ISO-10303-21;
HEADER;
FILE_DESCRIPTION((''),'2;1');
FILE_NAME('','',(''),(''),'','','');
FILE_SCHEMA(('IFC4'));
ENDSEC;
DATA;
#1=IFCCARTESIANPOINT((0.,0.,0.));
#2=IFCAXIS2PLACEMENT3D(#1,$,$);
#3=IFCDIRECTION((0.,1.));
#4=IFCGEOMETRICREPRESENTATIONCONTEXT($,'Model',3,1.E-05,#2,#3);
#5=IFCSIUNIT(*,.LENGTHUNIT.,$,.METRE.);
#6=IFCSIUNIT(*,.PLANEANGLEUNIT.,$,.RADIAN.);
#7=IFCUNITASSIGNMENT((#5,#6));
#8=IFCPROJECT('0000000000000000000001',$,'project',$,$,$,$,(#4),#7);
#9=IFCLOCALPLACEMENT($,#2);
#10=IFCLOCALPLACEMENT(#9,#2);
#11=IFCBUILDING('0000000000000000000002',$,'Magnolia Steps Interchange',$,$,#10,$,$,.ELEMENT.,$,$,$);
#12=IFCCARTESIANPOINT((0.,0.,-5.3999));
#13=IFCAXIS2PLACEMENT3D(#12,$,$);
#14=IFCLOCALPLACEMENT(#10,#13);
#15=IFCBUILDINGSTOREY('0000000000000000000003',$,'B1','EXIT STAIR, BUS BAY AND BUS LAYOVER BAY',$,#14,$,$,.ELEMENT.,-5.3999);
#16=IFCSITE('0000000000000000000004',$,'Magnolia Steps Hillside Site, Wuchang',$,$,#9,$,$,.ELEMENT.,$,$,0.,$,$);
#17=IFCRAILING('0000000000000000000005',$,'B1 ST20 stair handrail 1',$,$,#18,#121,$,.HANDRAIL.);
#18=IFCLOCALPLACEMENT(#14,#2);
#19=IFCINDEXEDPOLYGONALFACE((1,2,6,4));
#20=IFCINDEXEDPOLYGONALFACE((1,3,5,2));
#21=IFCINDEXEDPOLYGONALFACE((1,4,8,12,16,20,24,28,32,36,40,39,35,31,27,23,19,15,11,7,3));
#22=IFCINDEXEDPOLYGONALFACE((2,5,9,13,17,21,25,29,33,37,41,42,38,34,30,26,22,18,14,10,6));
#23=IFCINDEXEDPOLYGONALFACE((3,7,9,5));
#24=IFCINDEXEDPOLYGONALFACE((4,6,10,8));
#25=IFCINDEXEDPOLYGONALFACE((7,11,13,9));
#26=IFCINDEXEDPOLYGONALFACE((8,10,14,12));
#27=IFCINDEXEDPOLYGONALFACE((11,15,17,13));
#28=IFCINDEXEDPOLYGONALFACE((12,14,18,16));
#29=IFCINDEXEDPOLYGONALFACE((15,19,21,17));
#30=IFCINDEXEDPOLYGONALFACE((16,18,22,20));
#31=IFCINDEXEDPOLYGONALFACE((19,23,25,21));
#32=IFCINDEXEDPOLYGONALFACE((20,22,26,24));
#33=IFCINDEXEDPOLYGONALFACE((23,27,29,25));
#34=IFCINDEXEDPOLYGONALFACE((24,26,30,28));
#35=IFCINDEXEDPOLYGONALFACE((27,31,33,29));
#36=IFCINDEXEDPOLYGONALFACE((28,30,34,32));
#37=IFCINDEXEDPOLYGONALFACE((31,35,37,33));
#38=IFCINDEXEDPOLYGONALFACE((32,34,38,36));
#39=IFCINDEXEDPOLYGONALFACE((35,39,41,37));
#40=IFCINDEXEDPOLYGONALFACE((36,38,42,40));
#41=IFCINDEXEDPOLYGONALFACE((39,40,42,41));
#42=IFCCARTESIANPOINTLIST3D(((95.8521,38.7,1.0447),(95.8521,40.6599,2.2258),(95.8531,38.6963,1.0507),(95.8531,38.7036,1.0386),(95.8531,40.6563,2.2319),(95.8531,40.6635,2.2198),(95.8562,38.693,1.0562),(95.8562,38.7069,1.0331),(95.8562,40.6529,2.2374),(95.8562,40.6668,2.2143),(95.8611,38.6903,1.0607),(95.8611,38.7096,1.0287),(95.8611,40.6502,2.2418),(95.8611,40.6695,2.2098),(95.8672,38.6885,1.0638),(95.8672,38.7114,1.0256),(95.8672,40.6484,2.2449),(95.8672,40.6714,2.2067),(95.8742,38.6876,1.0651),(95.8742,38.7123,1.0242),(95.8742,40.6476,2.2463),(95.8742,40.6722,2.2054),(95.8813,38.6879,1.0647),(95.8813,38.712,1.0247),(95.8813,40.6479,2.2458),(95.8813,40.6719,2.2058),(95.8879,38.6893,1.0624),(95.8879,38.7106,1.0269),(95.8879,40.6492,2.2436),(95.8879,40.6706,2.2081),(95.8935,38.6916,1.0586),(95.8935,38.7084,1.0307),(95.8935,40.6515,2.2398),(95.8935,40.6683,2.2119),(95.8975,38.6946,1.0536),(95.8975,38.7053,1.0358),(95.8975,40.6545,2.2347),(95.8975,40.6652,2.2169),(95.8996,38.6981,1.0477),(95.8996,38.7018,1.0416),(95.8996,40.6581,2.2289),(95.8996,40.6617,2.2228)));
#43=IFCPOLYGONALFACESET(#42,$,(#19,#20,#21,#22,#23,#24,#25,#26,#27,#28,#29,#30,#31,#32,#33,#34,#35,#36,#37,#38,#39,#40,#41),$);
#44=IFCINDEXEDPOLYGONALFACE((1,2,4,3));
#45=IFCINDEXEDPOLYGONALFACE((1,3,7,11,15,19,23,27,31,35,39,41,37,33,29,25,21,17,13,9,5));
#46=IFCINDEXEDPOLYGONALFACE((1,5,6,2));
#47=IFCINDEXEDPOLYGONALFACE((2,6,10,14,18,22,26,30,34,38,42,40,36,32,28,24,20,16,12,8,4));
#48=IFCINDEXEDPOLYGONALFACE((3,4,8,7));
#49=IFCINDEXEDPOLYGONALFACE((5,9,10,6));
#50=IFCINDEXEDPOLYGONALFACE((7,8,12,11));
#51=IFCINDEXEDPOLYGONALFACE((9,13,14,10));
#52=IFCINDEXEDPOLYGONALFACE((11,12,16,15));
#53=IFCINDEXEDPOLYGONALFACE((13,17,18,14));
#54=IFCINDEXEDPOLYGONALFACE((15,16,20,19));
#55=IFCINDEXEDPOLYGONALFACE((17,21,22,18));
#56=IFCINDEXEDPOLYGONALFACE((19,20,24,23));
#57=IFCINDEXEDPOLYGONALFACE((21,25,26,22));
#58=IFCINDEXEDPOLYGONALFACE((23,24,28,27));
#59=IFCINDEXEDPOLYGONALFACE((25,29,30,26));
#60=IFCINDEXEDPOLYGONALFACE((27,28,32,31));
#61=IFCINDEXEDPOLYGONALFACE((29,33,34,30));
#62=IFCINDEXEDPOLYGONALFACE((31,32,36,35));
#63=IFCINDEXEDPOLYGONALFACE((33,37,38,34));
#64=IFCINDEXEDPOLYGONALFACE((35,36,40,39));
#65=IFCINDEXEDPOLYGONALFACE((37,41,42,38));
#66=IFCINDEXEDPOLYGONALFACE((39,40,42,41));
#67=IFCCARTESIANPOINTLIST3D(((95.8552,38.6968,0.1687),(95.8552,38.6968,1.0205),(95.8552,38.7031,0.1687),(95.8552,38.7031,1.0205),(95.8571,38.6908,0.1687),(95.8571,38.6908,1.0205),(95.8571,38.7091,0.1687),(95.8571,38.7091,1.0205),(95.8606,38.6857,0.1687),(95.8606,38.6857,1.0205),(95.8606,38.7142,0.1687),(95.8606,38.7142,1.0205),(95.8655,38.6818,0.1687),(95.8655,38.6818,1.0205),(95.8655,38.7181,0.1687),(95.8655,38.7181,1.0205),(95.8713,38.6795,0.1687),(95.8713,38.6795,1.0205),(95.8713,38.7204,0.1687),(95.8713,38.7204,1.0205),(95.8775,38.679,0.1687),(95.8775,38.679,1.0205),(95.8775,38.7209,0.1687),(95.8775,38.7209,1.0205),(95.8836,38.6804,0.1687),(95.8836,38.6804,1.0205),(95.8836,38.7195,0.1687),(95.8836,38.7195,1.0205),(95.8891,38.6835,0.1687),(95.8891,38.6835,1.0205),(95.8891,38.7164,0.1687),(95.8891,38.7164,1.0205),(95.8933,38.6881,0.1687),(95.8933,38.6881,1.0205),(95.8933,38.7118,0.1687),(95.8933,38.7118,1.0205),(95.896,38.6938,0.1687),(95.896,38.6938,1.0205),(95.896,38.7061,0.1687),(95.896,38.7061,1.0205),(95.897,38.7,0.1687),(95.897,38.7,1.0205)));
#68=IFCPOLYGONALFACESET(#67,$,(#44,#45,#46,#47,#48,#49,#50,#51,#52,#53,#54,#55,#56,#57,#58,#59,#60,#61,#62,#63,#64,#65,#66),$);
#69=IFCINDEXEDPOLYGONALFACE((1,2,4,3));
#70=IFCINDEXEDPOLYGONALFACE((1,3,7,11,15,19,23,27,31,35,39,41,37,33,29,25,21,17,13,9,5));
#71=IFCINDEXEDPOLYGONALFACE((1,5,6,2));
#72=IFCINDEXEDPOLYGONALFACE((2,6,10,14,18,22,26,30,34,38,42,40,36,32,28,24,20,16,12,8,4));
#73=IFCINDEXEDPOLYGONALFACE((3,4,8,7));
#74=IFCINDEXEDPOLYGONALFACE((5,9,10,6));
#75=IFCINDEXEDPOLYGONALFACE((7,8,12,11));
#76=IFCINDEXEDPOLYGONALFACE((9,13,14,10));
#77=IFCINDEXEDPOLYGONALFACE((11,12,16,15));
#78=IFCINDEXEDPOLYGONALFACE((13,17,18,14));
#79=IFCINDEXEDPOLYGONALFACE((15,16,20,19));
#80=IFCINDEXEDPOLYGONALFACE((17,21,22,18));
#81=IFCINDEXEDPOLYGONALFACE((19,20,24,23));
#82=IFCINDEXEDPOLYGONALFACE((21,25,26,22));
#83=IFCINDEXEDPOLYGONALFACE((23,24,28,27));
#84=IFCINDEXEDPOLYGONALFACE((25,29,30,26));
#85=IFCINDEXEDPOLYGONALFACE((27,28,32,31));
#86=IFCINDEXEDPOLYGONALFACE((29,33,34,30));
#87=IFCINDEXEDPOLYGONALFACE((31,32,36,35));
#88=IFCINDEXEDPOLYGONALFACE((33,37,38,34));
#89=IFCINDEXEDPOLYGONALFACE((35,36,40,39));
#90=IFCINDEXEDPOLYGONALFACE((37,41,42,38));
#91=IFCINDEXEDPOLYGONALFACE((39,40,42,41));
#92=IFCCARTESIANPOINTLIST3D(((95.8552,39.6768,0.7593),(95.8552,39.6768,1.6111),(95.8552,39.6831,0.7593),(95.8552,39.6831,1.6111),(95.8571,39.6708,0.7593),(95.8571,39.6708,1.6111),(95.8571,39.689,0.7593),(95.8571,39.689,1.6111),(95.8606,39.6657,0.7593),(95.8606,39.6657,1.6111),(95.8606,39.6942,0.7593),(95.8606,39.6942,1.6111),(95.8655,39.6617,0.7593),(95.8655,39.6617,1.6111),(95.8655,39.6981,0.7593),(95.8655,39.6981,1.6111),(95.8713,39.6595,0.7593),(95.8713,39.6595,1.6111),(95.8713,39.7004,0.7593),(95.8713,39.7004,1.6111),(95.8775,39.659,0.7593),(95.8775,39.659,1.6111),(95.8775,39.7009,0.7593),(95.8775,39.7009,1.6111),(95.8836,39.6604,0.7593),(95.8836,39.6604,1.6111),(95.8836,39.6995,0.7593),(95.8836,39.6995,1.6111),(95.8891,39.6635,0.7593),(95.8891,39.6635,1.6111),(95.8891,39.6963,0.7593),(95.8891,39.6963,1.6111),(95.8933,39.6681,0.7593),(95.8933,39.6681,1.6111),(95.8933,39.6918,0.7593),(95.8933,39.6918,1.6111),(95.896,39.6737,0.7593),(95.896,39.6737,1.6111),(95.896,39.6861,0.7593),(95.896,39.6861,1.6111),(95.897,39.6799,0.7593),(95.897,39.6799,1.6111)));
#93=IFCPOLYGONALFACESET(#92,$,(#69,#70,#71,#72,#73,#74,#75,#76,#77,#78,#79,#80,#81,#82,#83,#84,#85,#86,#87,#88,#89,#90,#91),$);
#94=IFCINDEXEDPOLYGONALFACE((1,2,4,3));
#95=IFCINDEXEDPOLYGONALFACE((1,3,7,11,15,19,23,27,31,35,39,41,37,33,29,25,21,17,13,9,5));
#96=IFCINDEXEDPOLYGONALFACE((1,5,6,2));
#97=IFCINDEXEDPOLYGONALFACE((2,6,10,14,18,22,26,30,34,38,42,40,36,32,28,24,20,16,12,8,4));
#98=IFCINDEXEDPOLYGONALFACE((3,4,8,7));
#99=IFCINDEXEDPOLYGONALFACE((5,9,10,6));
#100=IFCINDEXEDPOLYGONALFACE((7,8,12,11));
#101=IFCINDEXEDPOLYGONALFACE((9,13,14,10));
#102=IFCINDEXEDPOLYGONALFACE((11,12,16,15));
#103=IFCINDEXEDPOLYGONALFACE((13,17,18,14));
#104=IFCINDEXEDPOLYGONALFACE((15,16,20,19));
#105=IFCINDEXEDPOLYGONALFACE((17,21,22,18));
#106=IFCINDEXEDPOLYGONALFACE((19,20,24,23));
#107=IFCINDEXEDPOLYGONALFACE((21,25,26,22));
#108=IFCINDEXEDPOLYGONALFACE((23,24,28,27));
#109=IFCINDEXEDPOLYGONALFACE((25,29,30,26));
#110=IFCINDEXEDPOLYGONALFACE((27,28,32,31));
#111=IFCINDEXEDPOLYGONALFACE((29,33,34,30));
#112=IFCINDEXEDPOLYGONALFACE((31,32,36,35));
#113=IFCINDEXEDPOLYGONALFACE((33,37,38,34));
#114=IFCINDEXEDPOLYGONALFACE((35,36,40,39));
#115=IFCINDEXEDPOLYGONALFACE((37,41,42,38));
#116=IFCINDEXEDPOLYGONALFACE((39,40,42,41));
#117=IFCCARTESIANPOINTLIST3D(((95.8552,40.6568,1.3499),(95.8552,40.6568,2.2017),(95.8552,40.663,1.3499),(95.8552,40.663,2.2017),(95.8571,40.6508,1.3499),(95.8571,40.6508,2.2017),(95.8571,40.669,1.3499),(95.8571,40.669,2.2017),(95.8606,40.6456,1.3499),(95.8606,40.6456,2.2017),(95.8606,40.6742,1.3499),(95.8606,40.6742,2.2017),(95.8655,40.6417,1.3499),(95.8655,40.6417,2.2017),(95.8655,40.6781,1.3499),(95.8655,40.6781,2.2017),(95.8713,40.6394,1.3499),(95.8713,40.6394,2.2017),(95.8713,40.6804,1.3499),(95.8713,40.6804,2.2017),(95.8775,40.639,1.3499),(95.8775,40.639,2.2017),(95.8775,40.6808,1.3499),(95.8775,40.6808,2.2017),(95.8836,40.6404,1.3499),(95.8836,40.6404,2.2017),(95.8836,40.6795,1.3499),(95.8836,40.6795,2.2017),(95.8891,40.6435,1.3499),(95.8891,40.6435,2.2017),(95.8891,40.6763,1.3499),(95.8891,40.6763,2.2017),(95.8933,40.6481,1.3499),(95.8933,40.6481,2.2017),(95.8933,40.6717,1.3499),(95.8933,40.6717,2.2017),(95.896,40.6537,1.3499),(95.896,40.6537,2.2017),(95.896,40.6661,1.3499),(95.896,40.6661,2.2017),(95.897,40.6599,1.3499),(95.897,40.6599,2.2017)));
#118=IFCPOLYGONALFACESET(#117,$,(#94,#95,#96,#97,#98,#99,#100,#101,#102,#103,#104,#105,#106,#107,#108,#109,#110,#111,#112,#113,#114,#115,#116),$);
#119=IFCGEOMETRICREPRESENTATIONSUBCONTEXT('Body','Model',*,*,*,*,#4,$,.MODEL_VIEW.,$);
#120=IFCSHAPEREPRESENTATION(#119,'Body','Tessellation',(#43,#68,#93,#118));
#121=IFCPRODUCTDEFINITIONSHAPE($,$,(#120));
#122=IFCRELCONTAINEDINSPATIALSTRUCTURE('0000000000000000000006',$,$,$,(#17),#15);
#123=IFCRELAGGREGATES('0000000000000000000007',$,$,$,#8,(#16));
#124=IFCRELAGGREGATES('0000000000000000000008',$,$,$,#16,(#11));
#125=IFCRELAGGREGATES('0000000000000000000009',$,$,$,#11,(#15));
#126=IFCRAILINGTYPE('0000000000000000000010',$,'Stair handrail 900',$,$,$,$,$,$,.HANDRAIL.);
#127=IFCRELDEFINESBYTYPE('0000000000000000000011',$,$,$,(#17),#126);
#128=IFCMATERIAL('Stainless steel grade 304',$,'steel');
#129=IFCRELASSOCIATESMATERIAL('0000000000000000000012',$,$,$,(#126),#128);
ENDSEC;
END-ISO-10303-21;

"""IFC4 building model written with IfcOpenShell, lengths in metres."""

from ifc_helpers import new_model, si_unit, direction, frame, origin, origin_2d, place, context, subcontext, project, spatial, circle, extrude, material, type_object, element, save


model = new_model("IFC4")

# Units and contexts
model_context = context("Model", 3, precision=1e-05, world=origin(), true_north=direction((0.0, 1.0)))
body_context = subcontext(model_context, "Body", "Model", "MODEL_VIEW")
ifc_project = project(units=[si_unit("LENGTHUNIT", "METRE"), si_unit("PLANEANGLEUNIT", "RADIAN")], contexts=[model_context])

# Site, building, storey
site_placement = place(None, origin())
site = spatial("IfcSite", under=ifc_project, at=site_placement, Name="Magnolia Steps Hillside Site, Wuchang", CompositionType="ELEMENT", RefElevation=0.0)
building_placement = place(site_placement, origin())
building = spatial("IfcBuilding", under=site, at=building_placement, Name="Magnolia Steps Interchange", CompositionType="ELEMENT")
storey_placement = place(building_placement, frame((0.0, 0.0, -5.3999)))
storey = spatial("IfcBuildingStorey", under=building, at=storey_placement, Name="B1", Description="EXIT STAIR, BUS BAY AND BUS LAYOVER BAY", CompositionType="ELEMENT", Elevation=-5.3999)

# Railing
ifc_material_1 = material(Name="Stainless steel grade 304", Category="steel")
railing_type_1 = type_object("IfcRailingType", Name="Stair handrail 900", PredefinedType="HANDRAIL", material=ifc_material_1)
railing_1_placement = place(storey_placement, frame((95.876, 38.7, 0.1687)))
element("IfcRailing", 1, at=railing_1_placement, inside=storey, type_object=railing_type_1, Name="B1 ST20 stair handrail 1", PredefinedType="HANDRAIL", context=body_context, shape_type="SweptSolid", body=[
    extrude(circle(Radius=0.0239, at=origin_2d()), frame((0.0, 0.0, 0.876), z_axis=(0.0, 0.856493, 0.516158), x_axis=(-1.0, 0.0, 0.0)), (0.0, 0.0, 1.0), 2.2883),
    extrude(circle(Radius=0.021, at=origin_2d()), origin(), (0.0, 0.0, 1.0), 0.8518),
    extrude(circle(Radius=0.021, at=origin_2d()), frame((0.0, 0.98, 0.5906)), (0.0, 0.0, 1.0), 0.8518),
    extrude(circle(Radius=0.021, at=origin_2d()), frame((0.0, 1.96, 1.1812)), (0.0, 0.0, 1.0), 0.8518),
])

save(model, "model.ifc")
